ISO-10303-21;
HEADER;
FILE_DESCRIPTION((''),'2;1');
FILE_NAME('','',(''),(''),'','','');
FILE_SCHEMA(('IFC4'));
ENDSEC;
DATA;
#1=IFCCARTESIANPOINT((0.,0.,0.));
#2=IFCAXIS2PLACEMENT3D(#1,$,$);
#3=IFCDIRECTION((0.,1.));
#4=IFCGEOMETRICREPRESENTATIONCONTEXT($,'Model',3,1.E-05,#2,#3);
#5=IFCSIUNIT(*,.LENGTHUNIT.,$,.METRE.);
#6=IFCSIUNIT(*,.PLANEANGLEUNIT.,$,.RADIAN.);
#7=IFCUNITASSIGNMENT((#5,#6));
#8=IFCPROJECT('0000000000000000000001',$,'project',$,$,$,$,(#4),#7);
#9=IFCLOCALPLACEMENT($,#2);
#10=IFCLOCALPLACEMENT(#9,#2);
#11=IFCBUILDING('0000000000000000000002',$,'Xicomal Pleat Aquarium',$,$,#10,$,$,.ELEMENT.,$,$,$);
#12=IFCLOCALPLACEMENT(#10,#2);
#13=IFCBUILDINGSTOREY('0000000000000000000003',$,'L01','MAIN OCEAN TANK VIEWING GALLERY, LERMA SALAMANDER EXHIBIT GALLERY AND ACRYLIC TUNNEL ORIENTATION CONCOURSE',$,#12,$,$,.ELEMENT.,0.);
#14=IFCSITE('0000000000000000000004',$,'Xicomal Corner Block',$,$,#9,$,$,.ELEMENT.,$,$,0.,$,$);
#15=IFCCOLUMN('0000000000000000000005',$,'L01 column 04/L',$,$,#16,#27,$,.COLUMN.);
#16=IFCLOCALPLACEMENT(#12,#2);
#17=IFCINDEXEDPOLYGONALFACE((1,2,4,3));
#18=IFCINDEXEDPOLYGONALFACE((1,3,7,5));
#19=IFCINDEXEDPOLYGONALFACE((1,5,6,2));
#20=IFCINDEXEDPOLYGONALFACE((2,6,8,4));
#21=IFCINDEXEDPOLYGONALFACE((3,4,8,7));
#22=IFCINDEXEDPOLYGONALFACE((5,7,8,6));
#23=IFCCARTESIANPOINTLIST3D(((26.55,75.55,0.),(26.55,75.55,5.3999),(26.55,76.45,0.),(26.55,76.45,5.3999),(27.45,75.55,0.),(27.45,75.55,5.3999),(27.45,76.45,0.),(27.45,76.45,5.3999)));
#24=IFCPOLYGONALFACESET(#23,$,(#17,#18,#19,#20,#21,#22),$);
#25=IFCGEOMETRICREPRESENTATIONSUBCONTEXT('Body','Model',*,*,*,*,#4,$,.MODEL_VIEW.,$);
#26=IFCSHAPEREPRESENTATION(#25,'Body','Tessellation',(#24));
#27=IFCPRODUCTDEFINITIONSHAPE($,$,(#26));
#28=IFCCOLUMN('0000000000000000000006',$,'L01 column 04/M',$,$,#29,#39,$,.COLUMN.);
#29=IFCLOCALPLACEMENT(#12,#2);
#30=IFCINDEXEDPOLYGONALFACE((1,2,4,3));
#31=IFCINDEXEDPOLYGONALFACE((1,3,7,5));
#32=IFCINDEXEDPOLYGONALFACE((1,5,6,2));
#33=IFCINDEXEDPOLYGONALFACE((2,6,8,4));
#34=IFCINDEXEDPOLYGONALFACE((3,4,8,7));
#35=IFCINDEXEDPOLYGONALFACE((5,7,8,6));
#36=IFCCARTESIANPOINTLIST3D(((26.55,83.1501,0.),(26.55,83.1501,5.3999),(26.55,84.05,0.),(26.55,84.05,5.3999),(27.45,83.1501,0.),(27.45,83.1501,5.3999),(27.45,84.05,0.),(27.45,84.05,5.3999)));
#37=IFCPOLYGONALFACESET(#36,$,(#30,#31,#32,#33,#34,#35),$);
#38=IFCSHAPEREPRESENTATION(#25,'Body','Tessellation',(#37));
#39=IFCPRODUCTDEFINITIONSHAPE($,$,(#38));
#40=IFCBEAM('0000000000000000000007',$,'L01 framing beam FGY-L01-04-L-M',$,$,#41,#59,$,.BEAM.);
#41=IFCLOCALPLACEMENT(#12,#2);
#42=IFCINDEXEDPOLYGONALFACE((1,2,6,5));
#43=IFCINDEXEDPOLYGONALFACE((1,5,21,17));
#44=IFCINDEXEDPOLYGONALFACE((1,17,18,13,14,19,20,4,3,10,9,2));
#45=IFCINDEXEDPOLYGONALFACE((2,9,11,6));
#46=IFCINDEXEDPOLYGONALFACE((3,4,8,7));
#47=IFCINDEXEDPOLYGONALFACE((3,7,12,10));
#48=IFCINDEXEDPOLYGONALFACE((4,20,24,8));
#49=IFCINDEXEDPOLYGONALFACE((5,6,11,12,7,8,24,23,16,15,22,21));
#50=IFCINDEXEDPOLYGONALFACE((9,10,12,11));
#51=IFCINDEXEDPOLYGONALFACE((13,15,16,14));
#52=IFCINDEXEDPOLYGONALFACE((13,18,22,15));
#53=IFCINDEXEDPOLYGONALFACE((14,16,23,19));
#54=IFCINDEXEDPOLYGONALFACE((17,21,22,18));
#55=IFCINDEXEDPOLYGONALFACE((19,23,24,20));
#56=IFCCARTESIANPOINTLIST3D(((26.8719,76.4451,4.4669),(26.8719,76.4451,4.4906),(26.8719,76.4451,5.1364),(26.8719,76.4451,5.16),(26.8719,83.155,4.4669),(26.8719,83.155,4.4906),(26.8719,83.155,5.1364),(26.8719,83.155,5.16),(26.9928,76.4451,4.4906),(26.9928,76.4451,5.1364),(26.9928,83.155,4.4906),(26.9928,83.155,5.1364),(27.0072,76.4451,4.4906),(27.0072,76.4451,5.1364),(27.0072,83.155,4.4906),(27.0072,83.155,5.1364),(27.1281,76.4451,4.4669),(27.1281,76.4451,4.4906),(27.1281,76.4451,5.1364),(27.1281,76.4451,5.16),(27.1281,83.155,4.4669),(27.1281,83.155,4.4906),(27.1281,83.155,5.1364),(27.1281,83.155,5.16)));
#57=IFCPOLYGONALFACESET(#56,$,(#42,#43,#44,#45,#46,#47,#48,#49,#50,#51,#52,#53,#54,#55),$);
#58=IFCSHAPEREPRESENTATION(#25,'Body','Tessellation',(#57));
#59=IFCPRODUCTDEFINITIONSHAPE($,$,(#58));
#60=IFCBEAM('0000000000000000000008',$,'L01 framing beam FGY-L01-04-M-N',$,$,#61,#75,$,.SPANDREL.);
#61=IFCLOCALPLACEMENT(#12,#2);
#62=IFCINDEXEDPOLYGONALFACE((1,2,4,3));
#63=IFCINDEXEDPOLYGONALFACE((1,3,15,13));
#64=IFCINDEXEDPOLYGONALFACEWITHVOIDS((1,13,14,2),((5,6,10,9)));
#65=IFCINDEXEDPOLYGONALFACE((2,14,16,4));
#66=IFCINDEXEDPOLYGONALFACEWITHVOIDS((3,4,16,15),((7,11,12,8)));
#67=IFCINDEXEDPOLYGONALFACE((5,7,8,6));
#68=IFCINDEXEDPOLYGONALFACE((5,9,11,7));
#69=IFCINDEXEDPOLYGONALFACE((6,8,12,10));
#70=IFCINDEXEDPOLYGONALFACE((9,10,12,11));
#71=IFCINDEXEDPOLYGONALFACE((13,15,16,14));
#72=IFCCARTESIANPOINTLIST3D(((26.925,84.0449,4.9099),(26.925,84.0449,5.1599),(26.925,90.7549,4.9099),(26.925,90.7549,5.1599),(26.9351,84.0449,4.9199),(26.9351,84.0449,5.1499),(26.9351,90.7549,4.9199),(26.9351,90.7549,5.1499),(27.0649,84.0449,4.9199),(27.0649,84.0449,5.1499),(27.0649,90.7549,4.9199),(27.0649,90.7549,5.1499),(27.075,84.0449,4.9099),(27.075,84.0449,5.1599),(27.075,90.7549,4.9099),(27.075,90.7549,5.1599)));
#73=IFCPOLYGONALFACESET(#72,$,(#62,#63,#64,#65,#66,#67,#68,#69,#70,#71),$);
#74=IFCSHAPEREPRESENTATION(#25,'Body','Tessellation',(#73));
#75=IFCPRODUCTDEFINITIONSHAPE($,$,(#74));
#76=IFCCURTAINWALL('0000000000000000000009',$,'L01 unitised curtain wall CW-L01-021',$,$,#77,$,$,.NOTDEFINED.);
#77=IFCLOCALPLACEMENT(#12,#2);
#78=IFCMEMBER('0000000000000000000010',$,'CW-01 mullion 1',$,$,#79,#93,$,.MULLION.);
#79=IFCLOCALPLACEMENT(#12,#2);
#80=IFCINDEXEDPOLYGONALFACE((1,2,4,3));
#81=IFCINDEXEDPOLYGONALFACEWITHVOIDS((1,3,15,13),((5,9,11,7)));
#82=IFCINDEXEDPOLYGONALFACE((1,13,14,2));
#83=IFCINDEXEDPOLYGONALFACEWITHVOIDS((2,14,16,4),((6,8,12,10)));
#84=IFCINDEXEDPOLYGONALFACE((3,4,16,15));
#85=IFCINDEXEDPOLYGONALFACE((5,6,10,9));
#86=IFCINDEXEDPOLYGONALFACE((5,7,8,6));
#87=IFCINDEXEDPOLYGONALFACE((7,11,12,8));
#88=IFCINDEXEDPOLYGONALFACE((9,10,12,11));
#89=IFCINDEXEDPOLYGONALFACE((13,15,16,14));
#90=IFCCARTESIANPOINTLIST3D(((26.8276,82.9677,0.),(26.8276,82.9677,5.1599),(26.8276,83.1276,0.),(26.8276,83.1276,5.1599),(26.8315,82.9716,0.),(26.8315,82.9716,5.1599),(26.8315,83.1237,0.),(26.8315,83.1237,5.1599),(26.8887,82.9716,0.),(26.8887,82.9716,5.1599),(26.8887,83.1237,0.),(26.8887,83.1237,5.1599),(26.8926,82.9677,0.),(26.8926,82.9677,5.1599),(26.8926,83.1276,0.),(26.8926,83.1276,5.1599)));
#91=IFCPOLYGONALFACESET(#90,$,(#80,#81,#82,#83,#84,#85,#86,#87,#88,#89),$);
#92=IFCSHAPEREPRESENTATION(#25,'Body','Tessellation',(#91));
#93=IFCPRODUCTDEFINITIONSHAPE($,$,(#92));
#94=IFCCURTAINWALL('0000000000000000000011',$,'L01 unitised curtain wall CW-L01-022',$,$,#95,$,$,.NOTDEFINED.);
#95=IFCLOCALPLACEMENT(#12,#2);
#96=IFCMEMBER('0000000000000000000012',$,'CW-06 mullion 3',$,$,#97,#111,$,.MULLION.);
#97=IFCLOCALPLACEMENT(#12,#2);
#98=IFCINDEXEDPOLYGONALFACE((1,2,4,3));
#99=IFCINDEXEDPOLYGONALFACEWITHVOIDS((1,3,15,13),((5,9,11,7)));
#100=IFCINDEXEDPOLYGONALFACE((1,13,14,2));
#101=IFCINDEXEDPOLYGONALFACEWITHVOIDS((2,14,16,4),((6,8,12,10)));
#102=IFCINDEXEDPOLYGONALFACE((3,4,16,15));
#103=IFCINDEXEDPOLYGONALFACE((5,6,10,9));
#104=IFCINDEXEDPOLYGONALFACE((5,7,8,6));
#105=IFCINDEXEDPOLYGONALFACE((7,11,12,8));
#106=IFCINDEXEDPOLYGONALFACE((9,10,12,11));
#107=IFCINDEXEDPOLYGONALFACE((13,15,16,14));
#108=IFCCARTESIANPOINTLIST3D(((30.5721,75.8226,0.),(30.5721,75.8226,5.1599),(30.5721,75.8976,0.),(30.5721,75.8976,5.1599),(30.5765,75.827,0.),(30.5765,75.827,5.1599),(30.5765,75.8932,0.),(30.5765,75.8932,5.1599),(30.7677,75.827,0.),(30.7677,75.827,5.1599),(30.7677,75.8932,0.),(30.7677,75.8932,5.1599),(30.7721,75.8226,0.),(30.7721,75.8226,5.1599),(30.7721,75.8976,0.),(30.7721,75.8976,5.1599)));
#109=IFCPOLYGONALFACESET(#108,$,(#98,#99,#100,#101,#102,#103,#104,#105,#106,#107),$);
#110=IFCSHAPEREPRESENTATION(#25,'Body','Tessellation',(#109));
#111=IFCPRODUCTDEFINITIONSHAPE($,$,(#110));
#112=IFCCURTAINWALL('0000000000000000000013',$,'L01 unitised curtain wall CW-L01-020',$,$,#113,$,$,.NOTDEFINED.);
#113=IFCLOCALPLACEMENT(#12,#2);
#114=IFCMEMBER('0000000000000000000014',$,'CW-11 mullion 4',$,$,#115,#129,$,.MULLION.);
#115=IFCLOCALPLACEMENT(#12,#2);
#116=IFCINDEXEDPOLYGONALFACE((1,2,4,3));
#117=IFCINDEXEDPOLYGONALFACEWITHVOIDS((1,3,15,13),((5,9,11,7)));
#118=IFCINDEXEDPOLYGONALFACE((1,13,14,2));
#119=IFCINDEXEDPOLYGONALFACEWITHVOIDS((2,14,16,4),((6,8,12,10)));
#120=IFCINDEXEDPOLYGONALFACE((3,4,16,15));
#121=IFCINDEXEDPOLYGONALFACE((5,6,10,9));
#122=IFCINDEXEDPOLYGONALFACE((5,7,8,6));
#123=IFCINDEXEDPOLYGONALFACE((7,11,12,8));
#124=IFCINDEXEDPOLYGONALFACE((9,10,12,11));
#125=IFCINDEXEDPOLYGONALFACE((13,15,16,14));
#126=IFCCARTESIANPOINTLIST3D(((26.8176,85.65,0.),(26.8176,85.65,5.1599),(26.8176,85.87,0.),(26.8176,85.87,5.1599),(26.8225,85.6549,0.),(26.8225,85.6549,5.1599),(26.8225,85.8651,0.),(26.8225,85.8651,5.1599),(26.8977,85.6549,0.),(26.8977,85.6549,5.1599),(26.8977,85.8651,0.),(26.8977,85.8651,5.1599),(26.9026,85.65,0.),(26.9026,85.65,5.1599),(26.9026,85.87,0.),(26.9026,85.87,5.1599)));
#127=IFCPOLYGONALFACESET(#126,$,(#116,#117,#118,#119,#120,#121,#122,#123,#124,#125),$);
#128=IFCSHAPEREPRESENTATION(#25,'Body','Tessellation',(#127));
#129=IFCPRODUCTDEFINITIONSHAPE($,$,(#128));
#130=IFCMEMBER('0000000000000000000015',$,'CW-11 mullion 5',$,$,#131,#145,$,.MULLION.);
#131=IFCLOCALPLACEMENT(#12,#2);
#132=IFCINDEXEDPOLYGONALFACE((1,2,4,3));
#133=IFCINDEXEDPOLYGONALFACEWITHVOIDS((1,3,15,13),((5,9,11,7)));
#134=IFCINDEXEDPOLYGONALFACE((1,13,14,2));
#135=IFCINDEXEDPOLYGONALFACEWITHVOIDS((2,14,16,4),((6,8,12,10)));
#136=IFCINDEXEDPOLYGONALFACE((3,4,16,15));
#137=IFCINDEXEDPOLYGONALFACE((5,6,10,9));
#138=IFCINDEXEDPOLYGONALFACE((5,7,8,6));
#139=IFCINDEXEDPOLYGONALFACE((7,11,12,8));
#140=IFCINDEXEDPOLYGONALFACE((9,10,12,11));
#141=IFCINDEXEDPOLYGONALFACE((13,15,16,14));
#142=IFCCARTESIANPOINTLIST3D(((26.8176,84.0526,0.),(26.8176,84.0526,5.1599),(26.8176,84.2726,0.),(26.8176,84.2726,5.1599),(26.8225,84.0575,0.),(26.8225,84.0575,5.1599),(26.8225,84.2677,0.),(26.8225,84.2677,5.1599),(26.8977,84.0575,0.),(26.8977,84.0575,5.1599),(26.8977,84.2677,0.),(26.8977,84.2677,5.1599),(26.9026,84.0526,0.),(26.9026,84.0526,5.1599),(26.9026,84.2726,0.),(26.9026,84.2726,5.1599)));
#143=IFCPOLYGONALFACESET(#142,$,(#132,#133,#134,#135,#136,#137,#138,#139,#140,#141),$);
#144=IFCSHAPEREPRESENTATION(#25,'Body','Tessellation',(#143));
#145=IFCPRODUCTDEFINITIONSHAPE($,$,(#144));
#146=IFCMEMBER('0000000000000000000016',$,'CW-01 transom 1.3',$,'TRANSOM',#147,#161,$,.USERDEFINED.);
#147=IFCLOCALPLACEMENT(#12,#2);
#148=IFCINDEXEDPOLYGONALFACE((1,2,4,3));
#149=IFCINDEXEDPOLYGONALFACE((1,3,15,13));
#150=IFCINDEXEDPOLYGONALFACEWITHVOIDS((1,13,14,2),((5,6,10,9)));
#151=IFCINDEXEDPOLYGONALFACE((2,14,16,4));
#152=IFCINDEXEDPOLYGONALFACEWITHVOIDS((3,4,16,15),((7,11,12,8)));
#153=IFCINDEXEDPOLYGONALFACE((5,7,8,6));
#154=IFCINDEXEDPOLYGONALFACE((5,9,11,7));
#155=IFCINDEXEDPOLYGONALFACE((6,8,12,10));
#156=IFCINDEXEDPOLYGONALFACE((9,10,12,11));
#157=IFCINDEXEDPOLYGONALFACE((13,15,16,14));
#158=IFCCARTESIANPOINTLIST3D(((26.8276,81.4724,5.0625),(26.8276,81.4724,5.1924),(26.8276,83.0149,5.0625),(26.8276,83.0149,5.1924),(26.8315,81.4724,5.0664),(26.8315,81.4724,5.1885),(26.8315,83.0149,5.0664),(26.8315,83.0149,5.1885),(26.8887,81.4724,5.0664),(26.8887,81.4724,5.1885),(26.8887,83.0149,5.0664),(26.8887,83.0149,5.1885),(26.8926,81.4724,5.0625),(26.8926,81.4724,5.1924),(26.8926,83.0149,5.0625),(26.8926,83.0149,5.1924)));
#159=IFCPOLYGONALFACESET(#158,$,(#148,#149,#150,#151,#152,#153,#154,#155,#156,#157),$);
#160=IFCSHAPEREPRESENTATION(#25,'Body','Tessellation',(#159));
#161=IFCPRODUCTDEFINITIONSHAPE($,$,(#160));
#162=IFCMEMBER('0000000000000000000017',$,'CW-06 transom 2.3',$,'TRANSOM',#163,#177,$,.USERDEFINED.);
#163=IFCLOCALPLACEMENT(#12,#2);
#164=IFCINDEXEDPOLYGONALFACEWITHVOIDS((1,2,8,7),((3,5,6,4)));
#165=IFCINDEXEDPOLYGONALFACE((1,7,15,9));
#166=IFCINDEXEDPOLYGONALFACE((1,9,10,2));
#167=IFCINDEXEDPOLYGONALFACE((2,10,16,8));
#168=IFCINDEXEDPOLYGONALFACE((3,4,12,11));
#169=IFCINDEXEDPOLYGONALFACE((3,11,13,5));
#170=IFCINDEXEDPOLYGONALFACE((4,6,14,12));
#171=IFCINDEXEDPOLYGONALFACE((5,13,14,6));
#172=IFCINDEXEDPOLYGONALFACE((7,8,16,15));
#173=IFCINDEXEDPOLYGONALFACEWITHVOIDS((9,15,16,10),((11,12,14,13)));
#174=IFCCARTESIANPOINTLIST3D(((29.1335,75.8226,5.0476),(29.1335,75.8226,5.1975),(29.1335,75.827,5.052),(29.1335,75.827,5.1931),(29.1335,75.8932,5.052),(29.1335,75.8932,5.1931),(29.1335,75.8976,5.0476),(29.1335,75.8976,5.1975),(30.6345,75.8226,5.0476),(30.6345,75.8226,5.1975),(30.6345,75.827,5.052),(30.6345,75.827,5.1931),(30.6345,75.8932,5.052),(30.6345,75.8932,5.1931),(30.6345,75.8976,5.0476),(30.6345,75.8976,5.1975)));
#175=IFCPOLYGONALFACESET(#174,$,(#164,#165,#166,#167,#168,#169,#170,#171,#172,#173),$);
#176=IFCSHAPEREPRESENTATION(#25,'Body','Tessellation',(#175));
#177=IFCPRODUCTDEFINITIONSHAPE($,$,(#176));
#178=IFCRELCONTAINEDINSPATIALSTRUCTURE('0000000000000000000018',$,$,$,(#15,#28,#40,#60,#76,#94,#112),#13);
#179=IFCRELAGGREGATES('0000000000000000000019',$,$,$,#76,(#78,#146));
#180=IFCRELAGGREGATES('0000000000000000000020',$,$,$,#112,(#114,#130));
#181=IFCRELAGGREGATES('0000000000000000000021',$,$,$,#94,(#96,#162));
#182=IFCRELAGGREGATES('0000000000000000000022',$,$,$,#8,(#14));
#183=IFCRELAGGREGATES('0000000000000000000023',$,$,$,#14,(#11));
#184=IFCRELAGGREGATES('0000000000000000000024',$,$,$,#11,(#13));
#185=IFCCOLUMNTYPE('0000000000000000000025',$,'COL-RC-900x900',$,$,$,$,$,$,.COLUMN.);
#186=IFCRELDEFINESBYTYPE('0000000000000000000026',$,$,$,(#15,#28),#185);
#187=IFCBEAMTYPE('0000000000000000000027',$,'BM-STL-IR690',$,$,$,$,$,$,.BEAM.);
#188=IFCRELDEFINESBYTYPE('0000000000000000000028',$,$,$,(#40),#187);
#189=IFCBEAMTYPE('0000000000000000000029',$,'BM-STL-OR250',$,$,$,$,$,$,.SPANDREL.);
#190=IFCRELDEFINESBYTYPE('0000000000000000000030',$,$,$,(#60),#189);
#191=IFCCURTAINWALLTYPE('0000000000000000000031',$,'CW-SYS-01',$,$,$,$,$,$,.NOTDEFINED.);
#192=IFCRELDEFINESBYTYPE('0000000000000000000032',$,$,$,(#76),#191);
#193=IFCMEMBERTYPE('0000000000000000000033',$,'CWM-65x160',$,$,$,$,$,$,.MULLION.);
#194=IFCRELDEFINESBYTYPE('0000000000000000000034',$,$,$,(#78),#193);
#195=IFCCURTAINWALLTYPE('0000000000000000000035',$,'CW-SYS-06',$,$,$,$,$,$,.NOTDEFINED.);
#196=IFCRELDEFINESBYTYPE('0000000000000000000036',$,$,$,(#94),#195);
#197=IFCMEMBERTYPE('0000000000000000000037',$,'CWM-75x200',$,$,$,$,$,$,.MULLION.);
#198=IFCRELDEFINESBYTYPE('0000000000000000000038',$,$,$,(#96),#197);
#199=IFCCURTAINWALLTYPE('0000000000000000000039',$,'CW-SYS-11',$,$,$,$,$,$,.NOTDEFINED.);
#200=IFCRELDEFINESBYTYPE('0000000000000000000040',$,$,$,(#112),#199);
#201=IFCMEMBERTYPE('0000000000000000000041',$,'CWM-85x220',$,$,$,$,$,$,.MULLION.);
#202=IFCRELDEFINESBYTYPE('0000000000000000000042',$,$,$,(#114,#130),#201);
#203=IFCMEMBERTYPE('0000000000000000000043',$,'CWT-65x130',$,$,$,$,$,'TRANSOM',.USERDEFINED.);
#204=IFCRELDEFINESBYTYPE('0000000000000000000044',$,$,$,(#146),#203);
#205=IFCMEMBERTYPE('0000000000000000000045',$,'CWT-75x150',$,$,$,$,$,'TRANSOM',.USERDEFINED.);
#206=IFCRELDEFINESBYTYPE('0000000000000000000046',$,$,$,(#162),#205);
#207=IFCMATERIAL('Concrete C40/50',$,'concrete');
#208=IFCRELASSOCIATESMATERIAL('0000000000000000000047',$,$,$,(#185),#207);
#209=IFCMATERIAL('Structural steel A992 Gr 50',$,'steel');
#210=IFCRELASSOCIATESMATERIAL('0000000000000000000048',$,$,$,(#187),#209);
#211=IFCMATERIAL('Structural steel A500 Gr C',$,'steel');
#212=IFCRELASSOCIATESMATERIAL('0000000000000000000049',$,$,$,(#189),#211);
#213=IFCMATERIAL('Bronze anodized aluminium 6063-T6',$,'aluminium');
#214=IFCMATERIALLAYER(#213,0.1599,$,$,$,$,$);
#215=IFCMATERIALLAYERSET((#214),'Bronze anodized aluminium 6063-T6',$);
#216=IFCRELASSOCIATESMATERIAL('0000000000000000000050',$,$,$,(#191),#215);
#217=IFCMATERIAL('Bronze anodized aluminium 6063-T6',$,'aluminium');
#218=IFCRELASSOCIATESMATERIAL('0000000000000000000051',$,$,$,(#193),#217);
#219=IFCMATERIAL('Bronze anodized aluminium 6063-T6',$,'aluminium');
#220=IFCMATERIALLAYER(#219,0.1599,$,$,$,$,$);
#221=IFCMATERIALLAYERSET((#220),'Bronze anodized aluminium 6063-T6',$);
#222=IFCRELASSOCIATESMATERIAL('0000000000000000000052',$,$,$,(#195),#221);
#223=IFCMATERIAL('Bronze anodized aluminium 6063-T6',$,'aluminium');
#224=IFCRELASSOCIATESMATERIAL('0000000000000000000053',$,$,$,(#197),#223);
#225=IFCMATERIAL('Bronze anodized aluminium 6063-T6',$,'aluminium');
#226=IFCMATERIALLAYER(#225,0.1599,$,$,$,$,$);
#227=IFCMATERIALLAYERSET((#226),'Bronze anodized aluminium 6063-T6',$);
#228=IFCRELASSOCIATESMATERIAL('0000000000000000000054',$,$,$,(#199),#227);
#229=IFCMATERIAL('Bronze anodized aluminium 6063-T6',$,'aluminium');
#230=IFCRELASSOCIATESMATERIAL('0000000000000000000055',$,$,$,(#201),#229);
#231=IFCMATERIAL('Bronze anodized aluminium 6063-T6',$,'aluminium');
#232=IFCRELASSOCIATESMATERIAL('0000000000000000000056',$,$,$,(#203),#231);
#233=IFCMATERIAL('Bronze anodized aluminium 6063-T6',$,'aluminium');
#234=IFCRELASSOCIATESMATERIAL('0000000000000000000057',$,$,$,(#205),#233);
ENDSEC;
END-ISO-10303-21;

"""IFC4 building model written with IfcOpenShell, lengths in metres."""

from ifc_helpers import new_model, si_unit, direction, frame, origin, origin_2d, place, context, subcontext, project, spatial, rectangle, hollow_rectangle, i_section, extrude, material, layer, layer_set, material_profile, profile_set, type_object, element, aggregate, save


model = new_model("IFC4")

# Units and contexts
model_context = context("Model", 3, precision=1e-05, world=origin(), true_north=direction((0.0, 1.0)))
body_context = subcontext(model_context, "Body", "Model", "MODEL_VIEW")
ifc_project = project(units=[si_unit("LENGTHUNIT", "METRE"), si_unit("PLANEANGLEUNIT", "RADIAN")], contexts=[model_context])

# Site, building, storey
site_placement = place(None, origin())
site = spatial("IfcSite", under=ifc_project, at=site_placement, Name="Xicomal Corner Block", CompositionType="ELEMENT", RefElevation=0.0)
building_placement = place(site_placement, origin())
building = spatial("IfcBuilding", under=site, at=building_placement, Name="Xicomal Pleat Aquarium", CompositionType="ELEMENT")
storey_placement = place(building_placement, origin())
storey = spatial("IfcBuildingStorey", under=building, at=storey_placement, Name="L01", Description="MAIN OCEAN TANK VIEWING GALLERY, LERMA SALAMANDER EXHIBIT GALLERY AND ACRYLIC TUNNEL ORIENTATION CONCOURSE", CompositionType="ELEMENT", Elevation=0.0)

# Columns
ifc_material_1 = material(Name="Concrete C40/50", Category="concrete")
ifc_material_profile_1 = material_profile(ifc_material_1, rectangle(XDim=0.8999, YDim=0.8999, at=origin_2d()), Name="RC 900x900")
ifc_profile_set_1 = profile_set([ifc_material_profile_1], Name="Concrete C40/50")
column_type = type_object("IfcColumnType", Name="COL-RC-900x900", PredefinedType="COLUMN", material=ifc_profile_set_1)
for number, where, z_axis, x_axis, name in (
    (1, (27.0, 76.0, 0.0), (0.0, 0.0, 1.0), (1.0, 0.0, 0.0), "L01 column 04/L"),
    (2, (27.0, 83.6001, 0.0), (0.0, 0.0, 1.0), (1.0, 0.0, 0.0), "L01 column 04/M"),
):
    element("IfcColumn", number, at=place(storey_placement, frame(where, z_axis=z_axis, x_axis=x_axis)), inside=storey, type_object=column_type, Name=name, PredefinedType="COLUMN", context=body_context, shape_type="SweptSolid", body=[
        extrude(rectangle(XDim=0.8999, YDim=0.8999, at=origin_2d()), origin(), (0.0, 0.0, 1.0), 5.3999),
    ])

# Beams
ifc_material_2 = material(Name="Structural steel A992 Gr 50", Category="steel")
ifc_material_profile_2 = material_profile(ifc_material_2, i_section(OverallWidth=0.2561, OverallDepth=0.6931, WebThickness=0.0144, FlangeThickness=0.0237, at=origin_2d()), Name="IR 690x170")
ifc_profile_set_2 = profile_set([ifc_material_profile_2], Name="Structural steel A992 Gr 50")
beam_type_1 = type_object("IfcBeamType", Name="BM-STL-IR690", PredefinedType="BEAM", material=ifc_profile_set_2)
beam_1_placement = place(storey_placement, frame((27.0, 76.4451, 4.8135), z_axis=(0.0, 1.0, 0.0), x_axis=(-1.0, 0.0, 0.0)))
element("IfcBeam", 3, at=beam_1_placement, inside=storey, type_object=beam_type_1, Name="L01 framing beam FGY-L01-04-L-M", PredefinedType="BEAM", context=body_context, shape_type="SweptSolid", body=[
    extrude(i_section(OverallWidth=0.2561, OverallDepth=0.6931, WebThickness=0.0144, FlangeThickness=0.0237, at=origin_2d()), origin(), (0.0, 0.0, 1.0), 6.71),
])
ifc_material_3 = material(Name="Structural steel A500 Gr C", Category="steel")
ifc_material_profile_3 = material_profile(ifc_material_3, hollow_rectangle(XDim=0.1499, YDim=0.25, WallThickness=0.01, at=origin_2d()), Name="OR 250x150x10")
ifc_profile_set_3 = profile_set([ifc_material_profile_3], Name="Structural steel A500 Gr C")
beam_type_2 = type_object("IfcBeamType", Name="BM-STL-OR250", PredefinedType="SPANDREL", material=ifc_profile_set_3)
beam_2_placement = place(storey_placement, frame((27.0, 84.0449, 5.0349), z_axis=(0.0, 1.0, 0.0), x_axis=(-1.0, 0.0, 0.0)))
element("IfcBeam", 4, at=beam_2_placement, inside=storey, type_object=beam_type_2, Name="L01 framing beam FGY-L01-04-M-N", PredefinedType="SPANDREL", context=body_context, shape_type="SweptSolid", body=[
    extrude(hollow_rectangle(XDim=0.1499, YDim=0.25, WallThickness=0.01, at=origin_2d()), origin(), (0.0, 0.0, 1.0), 6.71),
])

# Curtain walls, members
ifc_material_4 = material(Name="Bronze anodized aluminium 6063-T6", Category="aluminium")
ifc_layer_1 = layer(ifc_material_4, 0.1599)
ifc_layer_set_1 = layer_set([ifc_layer_1], Name="Bronze anodized aluminium 6063-T6")
curtain_wall_type_1 = type_object("IfcCurtainWallType", Name="CW-SYS-01", PredefinedType="NOTDEFINED", material=ifc_layer_set_1)
curtain_wall_1_placement = place(storey_placement, origin())
curtain_wall_1 = element("IfcCurtainWall", 5, at=curtain_wall_1_placement, inside=storey, type_object=curtain_wall_type_1, Name="L01 unitised curtain wall CW-L01-021", PredefinedType="NOTDEFINED")
ifc_material_5 = material(Name="Bronze anodized aluminium 6063-T6", Category="aluminium")
ifc_material_profile_4 = material_profile(ifc_material_5, hollow_rectangle(XDim=0.0649, YDim=0.1599, WallThickness=0.0039, at=origin_2d()), Name="ALU MULL 65x160")
ifc_profile_set_4 = profile_set([ifc_material_profile_4], Name="Bronze anodized aluminium 6063-T6")
member_type_1 = type_object("IfcMemberType", Name="CWM-65x160", PredefinedType="MULLION", material=ifc_profile_set_4)
member_1_placement = place(storey_placement, frame((26.8601, 83.0476, 0.0), z_axis=(0.0, 0.0, 1.0), x_axis=(1.0, 0.0, 0.0)))
member_1 = element("IfcMember", 6, at=member_1_placement, type_object=member_type_1, Name="CW-01 mullion 1", PredefinedType="MULLION", context=body_context, shape_type="SweptSolid", body=[
    extrude(hollow_rectangle(XDim=0.0649, YDim=0.1599, WallThickness=0.0039, at=origin_2d()), origin(), (0.0, 0.0, 1.0), 5.1599),
])
ifc_material_6 = material(Name="Bronze anodized aluminium 6063-T6", Category="aluminium")
ifc_layer_2 = layer(ifc_material_6, 0.1599)
ifc_layer_set_2 = layer_set([ifc_layer_2], Name="Bronze anodized aluminium 6063-T6")
curtain_wall_type_2 = type_object("IfcCurtainWallType", Name="CW-SYS-06", PredefinedType="NOTDEFINED", material=ifc_layer_set_2)
curtain_wall_2_placement = place(storey_placement, origin())
curtain_wall_2 = element("IfcCurtainWall", 7, at=curtain_wall_2_placement, inside=storey, type_object=curtain_wall_type_2, Name="L01 unitised curtain wall CW-L01-022", PredefinedType="NOTDEFINED")
ifc_material_7 = material(Name="Bronze anodized aluminium 6063-T6", Category="aluminium")
ifc_material_profile_5 = material_profile(ifc_material_7, hollow_rectangle(XDim=0.075, YDim=0.2, WallThickness=0.0044, at=origin_2d()), Name="ALU MULL 75x200")
ifc_profile_set_5 = profile_set([ifc_material_profile_5], Name="Bronze anodized aluminium 6063-T6")
member_type_2 = type_object("IfcMemberType", Name="CWM-75x200", PredefinedType="MULLION", material=ifc_profile_set_5)
member_2_placement = place(storey_placement, frame((30.6721, 75.8601, 0.0), z_axis=(0.0, 0.0, 1.0), x_axis=(0.0, 1.0, 0.0)))
member_2 = element("IfcMember", 8, at=member_2_placement, type_object=member_type_2, Name="CW-06 mullion 3", PredefinedType="MULLION", context=body_context, shape_type="SweptSolid", body=[
    extrude(hollow_rectangle(XDim=0.075, YDim=0.2, WallThickness=0.0044, at=origin_2d()), origin(), (0.0, 0.0, 1.0), 5.1599),
])

# Curtain wall, members
ifc_material_8 = material(Name="Bronze anodized aluminium 6063-T6", Category="aluminium")
ifc_layer_3 = layer(ifc_material_8, 0.1599)
ifc_layer_set_3 = layer_set([ifc_layer_3], Name="Bronze anodized aluminium 6063-T6")
curtain_wall_type_3 = type_object("IfcCurtainWallType", Name="CW-SYS-11", PredefinedType="NOTDEFINED", material=ifc_layer_set_3)
curtain_wall_3_placement = place(storey_placement, origin())
curtain_wall_3 = element("IfcCurtainWall", 9, at=curtain_wall_3_placement, inside=storey, type_object=curtain_wall_type_3, Name="L01 unitised curtain wall CW-L01-020", PredefinedType="NOTDEFINED")
ifc_material_9 = material(Name="Bronze anodized aluminium 6063-T6", Category="aluminium")
ifc_material_profile_6 = material_profile(ifc_material_9, hollow_rectangle(XDim=0.085, YDim=0.22, WallThickness=0.0049, at=origin_2d()), Name="ALU MULL 85x220")
ifc_profile_set_6 = profile_set([ifc_material_profile_6], Name="Bronze anodized aluminium 6063-T6")
member_type_3 = type_object("IfcMemberType", Name="CWM-85x220", PredefinedType="MULLION", material=ifc_profile_set_6)
member_3_placement = place(storey_placement, frame((26.8601, 85.76, 0.0), z_axis=(0.0, 0.0, 1.0), x_axis=(1.0, 0.0, 0.0)))
member_3 = element("IfcMember", 10, at=member_3_placement, type_object=member_type_3, Name="CW-11 mullion 4", PredefinedType="MULLION", context=body_context, shape_type="SweptSolid", body=[
    extrude(hollow_rectangle(XDim=0.085, YDim=0.22, WallThickness=0.0049, at=origin_2d()), origin(), (0.0, 0.0, 1.0), 5.1599),
])
member_4_placement = place(storey_placement, frame((26.8601, 84.1626, 0.0), z_axis=(0.0, 0.0, 1.0), x_axis=(1.0, 0.0, 0.0)))
member_4 = element("IfcMember", 11, at=member_4_placement, type_object=member_type_3, Name="CW-11 mullion 5", PredefinedType="MULLION", context=body_context, shape_type="SweptSolid", body=[
    extrude(hollow_rectangle(XDim=0.085, YDim=0.22, WallThickness=0.0049, at=origin_2d()), origin(), (0.0, 0.0, 1.0), 5.1599),
])

# Members
ifc_material_10 = material(Name="Bronze anodized aluminium 6063-T6", Category="aluminium")
ifc_material_profile_7 = material_profile(ifc_material_10, hollow_rectangle(XDim=0.0649, YDim=0.1299, WallThickness=0.0039, at=origin_2d()), Name="ALU TRAN 65x130")
ifc_profile_set_7 = profile_set([ifc_material_profile_7], Name="Bronze anodized aluminium 6063-T6")
member_type_4 = type_object("IfcMemberType", Name="CWT-65x130", ElementType="TRANSOM", PredefinedType="USERDEFINED", material=ifc_profile_set_7)
member_5_placement = place(storey_placement, frame((26.8601, 83.0149, 5.1274), z_axis=(0.0, -1.0, 0.0), x_axis=(1.0, 0.0, 0.0)))
member_5 = element("IfcMember", 12, at=member_5_placement, type_object=member_type_4, Name="CW-01 transom 1.3", ObjectType="TRANSOM", PredefinedType="USERDEFINED", context=body_context, shape_type="SweptSolid", body=[
    extrude(hollow_rectangle(XDim=0.0649, YDim=0.1299, WallThickness=0.0039, at=origin_2d()), origin(), (0.0, 0.0, 1.0), 1.5425),
])
aggregate(curtain_wall_1, [member_1, member_5])
ifc_material_11 = material(Name="Bronze anodized aluminium 6063-T6", Category="aluminium")
ifc_material_profile_8 = material_profile(ifc_material_11, hollow_rectangle(XDim=0.075, YDim=0.1499, WallThickness=0.0044, at=origin_2d()), Name="ALU TRAN 75x150")
ifc_profile_set_8 = profile_set([ifc_material_profile_8], Name="Bronze anodized aluminium 6063-T6")
member_type_5 = type_object("IfcMemberType", Name="CWT-75x150", ElementType="TRANSOM", PredefinedType="USERDEFINED", material=ifc_profile_set_8)
member_6_placement = place(storey_placement, frame((29.1335, 75.8601, 5.1226), z_axis=(1.0, 0.0, 0.0), x_axis=(0.0, 1.0, 0.0)))
member_6 = element("IfcMember", 13, at=member_6_placement, type_object=member_type_5, Name="CW-06 transom 2.3", ObjectType="TRANSOM", PredefinedType="USERDEFINED", context=body_context, shape_type="SweptSolid", body=[
    extrude(hollow_rectangle(XDim=0.075, YDim=0.1499, WallThickness=0.0044, at=origin_2d()), origin(), (0.0, 0.0, 1.0), 1.501),
])

aggregate(curtain_wall_3, [member_3, member_4])
aggregate(curtain_wall_2, [member_2, member_6])

save(model, "model.ifc")
